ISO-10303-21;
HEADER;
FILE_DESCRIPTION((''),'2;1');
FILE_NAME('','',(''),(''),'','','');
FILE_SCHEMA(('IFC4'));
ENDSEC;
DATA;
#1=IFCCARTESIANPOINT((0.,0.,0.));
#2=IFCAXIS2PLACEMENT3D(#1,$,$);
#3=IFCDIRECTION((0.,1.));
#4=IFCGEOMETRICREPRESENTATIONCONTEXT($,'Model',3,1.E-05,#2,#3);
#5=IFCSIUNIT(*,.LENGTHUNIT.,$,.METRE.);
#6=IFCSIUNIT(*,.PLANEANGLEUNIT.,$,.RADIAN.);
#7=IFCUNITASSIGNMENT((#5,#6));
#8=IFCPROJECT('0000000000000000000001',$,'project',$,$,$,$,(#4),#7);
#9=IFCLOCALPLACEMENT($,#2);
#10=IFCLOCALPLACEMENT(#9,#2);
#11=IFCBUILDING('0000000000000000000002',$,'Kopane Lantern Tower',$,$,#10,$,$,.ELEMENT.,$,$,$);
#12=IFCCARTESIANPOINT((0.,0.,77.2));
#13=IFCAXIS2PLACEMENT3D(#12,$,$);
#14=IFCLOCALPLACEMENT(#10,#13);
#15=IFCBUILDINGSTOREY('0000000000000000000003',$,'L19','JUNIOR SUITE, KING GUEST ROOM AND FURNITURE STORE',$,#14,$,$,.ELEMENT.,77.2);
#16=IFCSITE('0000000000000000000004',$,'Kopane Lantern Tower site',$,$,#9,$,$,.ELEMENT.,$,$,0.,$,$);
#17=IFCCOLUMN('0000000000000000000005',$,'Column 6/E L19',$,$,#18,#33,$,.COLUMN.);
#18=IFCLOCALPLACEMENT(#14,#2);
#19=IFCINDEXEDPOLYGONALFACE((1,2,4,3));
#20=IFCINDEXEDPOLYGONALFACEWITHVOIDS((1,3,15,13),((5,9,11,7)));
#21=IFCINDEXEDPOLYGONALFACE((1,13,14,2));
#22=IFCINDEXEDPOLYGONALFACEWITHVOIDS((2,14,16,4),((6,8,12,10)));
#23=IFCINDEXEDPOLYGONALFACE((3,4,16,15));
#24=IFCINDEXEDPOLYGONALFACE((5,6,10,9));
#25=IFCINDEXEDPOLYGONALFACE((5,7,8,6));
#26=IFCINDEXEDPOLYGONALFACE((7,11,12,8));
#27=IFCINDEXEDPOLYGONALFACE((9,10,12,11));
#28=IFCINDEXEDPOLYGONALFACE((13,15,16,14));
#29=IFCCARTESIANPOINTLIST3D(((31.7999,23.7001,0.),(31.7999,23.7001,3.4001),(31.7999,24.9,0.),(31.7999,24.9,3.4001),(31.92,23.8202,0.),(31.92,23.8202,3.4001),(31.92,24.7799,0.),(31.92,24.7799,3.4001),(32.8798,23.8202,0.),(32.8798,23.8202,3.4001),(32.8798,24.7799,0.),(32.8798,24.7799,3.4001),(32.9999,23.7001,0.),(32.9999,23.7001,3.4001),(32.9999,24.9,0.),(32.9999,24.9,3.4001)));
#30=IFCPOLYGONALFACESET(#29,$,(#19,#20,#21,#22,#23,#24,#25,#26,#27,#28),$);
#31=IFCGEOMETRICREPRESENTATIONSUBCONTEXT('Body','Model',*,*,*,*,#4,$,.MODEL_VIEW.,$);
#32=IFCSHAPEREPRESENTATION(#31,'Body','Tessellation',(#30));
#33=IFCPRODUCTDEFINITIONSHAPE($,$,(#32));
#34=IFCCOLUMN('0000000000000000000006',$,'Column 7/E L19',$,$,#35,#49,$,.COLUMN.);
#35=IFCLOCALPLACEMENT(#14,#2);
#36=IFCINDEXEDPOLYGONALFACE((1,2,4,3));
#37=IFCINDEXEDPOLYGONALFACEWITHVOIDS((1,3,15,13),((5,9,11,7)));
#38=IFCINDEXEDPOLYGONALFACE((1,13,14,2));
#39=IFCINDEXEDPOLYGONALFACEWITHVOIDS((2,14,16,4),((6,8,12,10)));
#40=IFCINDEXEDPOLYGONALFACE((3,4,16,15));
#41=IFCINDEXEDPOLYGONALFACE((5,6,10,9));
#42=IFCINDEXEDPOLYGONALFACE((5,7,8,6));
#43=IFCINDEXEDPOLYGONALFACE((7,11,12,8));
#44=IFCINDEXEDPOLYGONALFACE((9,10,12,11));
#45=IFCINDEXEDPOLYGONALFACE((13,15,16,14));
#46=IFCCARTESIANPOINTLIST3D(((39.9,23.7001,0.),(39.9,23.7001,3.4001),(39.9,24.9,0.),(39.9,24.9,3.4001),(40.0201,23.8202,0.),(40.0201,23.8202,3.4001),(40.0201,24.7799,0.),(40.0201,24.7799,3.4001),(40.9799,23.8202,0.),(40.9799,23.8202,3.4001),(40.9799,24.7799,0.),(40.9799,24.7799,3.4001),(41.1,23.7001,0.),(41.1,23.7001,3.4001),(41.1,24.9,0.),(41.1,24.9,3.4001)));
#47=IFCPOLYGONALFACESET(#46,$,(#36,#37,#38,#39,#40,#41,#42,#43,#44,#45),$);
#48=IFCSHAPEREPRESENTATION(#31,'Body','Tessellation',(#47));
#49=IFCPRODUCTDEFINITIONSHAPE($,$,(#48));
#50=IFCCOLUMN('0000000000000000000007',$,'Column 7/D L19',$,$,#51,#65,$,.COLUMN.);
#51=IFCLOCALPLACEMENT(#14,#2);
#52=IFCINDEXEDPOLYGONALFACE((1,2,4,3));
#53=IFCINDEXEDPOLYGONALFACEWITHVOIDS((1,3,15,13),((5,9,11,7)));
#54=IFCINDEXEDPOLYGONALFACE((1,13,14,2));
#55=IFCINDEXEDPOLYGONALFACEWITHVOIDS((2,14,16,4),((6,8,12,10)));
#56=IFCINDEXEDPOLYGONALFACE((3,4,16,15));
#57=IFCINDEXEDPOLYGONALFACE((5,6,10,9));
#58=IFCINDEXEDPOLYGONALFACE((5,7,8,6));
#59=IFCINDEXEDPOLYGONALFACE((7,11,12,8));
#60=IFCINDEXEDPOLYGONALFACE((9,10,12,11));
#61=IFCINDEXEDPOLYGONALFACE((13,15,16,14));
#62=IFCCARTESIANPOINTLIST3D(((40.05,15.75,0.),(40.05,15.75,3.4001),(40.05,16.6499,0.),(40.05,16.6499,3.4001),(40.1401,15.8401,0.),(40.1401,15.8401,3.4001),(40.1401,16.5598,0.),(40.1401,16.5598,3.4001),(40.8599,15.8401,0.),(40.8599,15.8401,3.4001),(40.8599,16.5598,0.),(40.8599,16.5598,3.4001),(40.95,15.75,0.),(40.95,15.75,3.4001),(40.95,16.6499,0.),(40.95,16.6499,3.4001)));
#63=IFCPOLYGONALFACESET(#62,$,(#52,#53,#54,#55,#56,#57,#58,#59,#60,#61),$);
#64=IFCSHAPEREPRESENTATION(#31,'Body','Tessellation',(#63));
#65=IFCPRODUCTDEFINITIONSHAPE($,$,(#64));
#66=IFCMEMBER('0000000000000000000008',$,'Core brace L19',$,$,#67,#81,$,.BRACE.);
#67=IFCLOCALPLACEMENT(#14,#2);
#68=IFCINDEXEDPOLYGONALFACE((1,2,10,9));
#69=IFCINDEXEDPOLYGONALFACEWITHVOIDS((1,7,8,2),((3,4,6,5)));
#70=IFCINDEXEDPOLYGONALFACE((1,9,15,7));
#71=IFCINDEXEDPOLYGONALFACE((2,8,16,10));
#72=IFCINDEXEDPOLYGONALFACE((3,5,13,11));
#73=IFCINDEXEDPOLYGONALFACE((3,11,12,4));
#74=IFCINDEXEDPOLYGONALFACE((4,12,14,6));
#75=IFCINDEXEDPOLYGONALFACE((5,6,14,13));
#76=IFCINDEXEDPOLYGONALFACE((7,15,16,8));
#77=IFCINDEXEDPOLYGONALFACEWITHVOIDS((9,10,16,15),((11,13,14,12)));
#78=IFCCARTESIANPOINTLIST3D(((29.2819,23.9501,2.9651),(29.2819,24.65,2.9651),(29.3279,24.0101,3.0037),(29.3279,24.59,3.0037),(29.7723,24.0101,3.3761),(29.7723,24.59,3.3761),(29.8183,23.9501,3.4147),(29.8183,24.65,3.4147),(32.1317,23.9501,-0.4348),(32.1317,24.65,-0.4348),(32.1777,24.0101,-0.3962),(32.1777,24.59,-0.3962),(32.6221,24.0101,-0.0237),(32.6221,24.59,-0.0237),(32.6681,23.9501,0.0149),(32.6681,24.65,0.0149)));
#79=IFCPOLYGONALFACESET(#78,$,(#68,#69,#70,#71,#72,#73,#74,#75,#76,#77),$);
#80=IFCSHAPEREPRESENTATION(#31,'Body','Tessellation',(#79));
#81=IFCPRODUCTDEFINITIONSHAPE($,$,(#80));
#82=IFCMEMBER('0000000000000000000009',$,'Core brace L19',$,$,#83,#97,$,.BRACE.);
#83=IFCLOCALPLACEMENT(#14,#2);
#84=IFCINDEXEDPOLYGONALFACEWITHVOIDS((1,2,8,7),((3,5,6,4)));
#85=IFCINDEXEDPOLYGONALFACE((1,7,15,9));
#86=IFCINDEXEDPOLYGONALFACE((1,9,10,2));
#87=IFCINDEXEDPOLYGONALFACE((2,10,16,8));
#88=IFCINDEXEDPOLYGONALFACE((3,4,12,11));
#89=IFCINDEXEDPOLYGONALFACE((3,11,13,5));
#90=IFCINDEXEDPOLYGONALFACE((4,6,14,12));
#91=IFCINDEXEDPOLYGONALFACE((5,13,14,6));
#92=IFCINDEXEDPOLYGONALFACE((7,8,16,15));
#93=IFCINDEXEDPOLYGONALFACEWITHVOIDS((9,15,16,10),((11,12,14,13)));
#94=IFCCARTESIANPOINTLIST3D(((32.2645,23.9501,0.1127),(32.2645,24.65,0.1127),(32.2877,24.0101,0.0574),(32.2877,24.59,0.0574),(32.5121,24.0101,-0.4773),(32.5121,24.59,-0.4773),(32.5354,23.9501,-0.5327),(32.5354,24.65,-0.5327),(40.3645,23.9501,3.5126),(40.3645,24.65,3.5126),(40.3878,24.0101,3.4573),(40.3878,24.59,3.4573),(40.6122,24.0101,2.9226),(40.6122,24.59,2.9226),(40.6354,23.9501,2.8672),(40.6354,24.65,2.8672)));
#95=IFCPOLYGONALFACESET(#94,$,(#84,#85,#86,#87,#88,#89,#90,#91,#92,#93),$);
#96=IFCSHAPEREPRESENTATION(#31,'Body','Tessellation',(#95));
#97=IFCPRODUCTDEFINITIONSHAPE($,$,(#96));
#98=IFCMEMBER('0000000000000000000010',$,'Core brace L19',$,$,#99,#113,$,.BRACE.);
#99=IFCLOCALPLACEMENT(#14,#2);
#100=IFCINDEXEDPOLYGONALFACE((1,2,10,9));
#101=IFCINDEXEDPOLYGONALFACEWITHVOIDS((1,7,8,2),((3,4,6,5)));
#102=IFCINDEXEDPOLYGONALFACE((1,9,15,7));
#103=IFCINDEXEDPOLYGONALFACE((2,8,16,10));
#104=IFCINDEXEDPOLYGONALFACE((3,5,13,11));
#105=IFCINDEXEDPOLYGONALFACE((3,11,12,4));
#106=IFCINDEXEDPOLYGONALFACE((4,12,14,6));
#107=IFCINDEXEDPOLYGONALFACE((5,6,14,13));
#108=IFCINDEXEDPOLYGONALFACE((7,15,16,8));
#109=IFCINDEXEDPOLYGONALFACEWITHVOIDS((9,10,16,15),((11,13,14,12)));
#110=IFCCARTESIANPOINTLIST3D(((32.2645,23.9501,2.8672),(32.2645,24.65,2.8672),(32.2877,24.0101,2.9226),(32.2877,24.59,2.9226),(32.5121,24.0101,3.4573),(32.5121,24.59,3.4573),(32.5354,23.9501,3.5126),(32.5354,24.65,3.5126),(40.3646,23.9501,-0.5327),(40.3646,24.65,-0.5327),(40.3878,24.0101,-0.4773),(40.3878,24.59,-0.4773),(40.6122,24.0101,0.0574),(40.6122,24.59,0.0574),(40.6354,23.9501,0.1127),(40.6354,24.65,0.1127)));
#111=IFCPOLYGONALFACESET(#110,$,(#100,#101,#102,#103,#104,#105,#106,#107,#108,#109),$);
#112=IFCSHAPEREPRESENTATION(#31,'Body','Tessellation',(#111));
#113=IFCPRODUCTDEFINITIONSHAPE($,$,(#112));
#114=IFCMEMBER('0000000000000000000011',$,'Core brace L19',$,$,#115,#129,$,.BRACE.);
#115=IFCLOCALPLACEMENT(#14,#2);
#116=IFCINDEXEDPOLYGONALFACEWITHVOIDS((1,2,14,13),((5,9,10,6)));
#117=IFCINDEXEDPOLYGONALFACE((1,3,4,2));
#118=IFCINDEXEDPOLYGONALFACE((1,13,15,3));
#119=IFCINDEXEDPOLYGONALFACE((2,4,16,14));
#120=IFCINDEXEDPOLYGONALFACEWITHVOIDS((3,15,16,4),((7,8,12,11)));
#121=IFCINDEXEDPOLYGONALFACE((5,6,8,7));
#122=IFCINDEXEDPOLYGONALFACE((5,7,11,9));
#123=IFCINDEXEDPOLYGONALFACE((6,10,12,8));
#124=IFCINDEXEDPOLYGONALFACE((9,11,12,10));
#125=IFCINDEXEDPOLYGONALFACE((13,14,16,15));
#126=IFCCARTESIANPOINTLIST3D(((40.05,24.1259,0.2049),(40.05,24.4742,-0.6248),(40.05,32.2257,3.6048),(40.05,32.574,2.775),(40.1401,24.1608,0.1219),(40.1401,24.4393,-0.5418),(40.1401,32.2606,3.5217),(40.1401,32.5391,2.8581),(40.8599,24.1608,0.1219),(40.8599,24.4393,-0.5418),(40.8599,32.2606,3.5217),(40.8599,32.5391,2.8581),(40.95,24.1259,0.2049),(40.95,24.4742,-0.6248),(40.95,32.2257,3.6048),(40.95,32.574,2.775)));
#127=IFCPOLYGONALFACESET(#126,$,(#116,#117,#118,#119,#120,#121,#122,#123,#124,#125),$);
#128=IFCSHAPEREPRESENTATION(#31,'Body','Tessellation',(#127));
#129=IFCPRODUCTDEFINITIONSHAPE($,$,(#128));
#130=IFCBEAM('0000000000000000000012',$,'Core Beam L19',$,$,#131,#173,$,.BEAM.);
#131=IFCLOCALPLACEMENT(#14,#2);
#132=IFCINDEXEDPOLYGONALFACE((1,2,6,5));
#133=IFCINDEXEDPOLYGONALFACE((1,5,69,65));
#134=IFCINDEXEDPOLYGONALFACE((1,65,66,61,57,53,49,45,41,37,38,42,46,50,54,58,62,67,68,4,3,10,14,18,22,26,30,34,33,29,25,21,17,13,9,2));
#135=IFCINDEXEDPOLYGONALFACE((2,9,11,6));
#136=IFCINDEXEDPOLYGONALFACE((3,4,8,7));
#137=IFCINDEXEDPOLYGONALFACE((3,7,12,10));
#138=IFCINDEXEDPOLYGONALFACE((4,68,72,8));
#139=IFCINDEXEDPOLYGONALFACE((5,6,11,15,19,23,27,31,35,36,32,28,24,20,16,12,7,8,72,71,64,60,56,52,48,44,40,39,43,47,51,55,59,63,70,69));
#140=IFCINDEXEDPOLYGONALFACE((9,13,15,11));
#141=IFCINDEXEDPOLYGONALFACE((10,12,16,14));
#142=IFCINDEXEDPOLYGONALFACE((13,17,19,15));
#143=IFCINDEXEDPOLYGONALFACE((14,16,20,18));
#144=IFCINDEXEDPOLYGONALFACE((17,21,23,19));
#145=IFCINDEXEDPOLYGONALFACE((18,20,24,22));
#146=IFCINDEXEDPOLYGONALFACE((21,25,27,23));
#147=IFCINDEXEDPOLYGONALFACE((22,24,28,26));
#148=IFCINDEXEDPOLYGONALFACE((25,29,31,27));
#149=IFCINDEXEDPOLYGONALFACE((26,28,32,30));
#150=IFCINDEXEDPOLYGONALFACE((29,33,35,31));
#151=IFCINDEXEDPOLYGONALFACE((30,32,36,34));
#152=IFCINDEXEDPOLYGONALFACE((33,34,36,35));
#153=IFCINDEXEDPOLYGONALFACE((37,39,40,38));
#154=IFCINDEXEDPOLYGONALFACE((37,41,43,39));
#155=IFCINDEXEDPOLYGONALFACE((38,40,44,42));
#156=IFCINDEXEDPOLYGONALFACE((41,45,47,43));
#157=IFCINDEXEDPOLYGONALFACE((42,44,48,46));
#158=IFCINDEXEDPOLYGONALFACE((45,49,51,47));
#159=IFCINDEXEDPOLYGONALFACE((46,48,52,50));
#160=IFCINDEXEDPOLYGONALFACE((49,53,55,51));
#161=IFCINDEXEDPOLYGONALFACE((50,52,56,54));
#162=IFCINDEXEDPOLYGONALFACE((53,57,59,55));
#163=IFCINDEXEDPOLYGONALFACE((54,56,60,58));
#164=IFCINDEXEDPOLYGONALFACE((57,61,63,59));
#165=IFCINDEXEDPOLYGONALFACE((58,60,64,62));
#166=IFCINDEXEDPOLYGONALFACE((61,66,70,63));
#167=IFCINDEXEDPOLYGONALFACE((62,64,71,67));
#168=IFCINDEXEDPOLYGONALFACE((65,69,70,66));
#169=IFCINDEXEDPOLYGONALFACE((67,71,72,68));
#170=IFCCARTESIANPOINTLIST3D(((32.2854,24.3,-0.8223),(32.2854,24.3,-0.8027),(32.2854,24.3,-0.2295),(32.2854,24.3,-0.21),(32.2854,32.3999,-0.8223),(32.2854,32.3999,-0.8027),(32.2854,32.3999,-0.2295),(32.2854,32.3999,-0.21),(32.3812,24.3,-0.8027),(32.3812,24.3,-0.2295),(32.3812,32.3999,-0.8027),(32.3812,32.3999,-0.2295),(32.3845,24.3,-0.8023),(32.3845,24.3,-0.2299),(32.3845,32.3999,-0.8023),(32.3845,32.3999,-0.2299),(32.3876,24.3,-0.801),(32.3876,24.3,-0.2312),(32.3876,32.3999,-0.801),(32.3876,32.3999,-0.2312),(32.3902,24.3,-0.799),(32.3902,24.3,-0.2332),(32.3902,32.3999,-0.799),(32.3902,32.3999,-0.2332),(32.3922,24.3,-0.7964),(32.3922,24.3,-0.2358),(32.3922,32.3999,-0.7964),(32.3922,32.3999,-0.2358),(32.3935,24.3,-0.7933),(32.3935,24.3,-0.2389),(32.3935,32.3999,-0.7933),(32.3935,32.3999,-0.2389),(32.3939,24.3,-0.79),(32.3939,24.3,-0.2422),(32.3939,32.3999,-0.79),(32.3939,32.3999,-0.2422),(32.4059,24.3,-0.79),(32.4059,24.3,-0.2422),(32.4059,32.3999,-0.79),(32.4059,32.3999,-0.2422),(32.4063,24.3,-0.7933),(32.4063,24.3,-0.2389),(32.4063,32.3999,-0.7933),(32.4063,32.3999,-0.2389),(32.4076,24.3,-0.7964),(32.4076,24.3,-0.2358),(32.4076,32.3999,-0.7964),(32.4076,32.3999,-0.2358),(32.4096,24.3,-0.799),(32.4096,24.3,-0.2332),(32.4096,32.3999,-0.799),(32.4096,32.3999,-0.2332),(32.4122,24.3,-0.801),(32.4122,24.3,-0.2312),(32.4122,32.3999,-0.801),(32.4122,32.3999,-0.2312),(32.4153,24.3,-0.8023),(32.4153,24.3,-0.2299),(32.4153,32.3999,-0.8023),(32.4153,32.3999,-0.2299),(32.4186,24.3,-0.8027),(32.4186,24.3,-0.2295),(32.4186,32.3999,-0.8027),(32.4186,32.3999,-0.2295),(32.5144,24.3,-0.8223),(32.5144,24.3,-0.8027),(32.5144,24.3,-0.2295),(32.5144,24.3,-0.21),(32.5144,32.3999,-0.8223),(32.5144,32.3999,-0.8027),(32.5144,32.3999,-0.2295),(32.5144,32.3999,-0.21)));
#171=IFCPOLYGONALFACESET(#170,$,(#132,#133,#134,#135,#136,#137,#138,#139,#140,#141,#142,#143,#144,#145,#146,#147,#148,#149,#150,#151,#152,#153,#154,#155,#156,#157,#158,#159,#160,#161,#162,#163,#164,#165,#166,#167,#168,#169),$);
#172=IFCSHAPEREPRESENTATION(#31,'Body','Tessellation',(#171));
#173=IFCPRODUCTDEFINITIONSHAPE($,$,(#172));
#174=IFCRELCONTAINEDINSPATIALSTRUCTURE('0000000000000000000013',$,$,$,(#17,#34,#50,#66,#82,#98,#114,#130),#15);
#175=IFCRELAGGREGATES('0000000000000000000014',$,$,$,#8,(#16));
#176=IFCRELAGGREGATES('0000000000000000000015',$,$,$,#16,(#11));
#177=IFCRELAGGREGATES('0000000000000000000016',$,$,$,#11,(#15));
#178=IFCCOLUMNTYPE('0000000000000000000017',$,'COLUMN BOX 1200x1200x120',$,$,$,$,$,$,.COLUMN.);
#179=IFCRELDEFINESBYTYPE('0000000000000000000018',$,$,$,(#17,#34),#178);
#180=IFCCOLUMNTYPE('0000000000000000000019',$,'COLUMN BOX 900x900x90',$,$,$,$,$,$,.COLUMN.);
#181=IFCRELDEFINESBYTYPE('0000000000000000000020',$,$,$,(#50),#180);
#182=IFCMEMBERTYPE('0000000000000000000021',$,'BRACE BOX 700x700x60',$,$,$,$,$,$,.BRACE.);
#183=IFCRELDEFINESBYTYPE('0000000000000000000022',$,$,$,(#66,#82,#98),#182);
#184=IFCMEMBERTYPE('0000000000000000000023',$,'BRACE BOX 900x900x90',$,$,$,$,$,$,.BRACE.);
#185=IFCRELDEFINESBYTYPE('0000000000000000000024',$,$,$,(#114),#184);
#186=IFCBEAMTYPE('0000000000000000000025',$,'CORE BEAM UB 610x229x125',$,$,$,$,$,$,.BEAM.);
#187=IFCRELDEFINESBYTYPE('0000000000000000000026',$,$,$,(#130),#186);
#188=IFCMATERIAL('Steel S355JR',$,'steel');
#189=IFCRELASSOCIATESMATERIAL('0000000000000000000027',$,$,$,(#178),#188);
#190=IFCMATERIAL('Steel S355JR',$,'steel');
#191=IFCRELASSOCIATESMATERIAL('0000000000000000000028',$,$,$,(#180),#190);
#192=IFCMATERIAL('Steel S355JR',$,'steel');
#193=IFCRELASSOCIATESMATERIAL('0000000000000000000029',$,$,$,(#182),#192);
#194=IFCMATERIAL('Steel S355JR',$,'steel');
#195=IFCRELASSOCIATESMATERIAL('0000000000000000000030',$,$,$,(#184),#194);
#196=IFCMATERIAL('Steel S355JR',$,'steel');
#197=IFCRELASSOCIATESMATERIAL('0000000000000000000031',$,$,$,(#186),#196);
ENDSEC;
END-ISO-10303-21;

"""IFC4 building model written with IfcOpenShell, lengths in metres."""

from ifc_helpers import new_model, si_unit, direction, frame, origin, origin_2d, place, context, subcontext, project, spatial, hollow_rectangle, i_section, extrude, material, material_profile, profile_set, type_object, element, save


model = new_model("IFC4")

# Units and contexts
model_context = context("Model", 3, precision=1e-05, world=origin(), true_north=direction((0.0, 1.0)))
body_context = subcontext(model_context, "Body", "Model", "MODEL_VIEW")
ifc_project = project(units=[si_unit("LENGTHUNIT", "METRE"), si_unit("PLANEANGLEUNIT", "RADIAN")], contexts=[model_context])

# Site, building, storey
site_placement = place(None, origin())
site = spatial("IfcSite", under=ifc_project, at=site_placement, Name="Kopane Lantern Tower site", CompositionType="ELEMENT", RefElevation=0.0)
building_placement = place(site_placement, origin())
building = spatial("IfcBuilding", under=site, at=building_placement, Name="Kopane Lantern Tower", CompositionType="ELEMENT")
storey_placement = place(building_placement, frame((0.0, 0.0, 77.2)))
storey = spatial("IfcBuildingStorey", under=building, at=storey_placement, Name="L19", Description="JUNIOR SUITE, KING GUEST ROOM AND FURNITURE STORE", CompositionType="ELEMENT", Elevation=77.2)

# Columns
ifc_material_1 = material(Name="Steel S355JR", Category="steel")
ifc_material_profile_1 = material_profile(ifc_material_1, hollow_rectangle(XDim=1.2, YDim=1.2, WallThickness=0.1201, at=origin_2d()), Name="BOX 1200x1200x120")
ifc_profile_set_1 = profile_set([ifc_material_profile_1], Name="Steel S355JR")
column_type_1 = type_object("IfcColumnType", Name="COLUMN BOX 1200x1200x120", PredefinedType="COLUMN", material=ifc_profile_set_1)
for number, where, z_axis, x_axis, name in (
    (1, (32.3999, 24.3, 0.0), (0.0, 0.0, 1.0), (1.0, 0.0, 0.0), "Column 6/E L19"),
    (2, (40.5, 24.3, 0.0), (0.0, 0.0, 1.0), (1.0, 0.0, 0.0), "Column 7/E L19"),
):
    element("IfcColumn", number, at=place(storey_placement, frame(where, z_axis=z_axis, x_axis=x_axis)), inside=storey, type_object=column_type_1, Name=name, PredefinedType="COLUMN", context=body_context, shape_type="SweptSolid", body=[
        extrude(hollow_rectangle(XDim=1.2, YDim=1.2, WallThickness=0.1201, at=origin_2d()), origin(), (0.0, 0.0, 1.0), 3.4001),
    ])
ifc_material_2 = material(Name="Steel S355JR", Category="steel")
ifc_material_profile_2 = material_profile(ifc_material_2, hollow_rectangle(XDim=0.8999, YDim=0.8999, WallThickness=0.0901, at=origin_2d()), Name="BOX 900x900x90")
ifc_profile_set_2 = profile_set([ifc_material_profile_2], Name="Steel S355JR")
column_type_2 = type_object("IfcColumnType", Name="COLUMN BOX 900x900x90", PredefinedType="COLUMN", material=ifc_profile_set_2)
column_placement = place(storey_placement, frame((40.5, 16.2, 0.0), z_axis=(0.0, 0.0, 1.0), x_axis=(1.0, 0.0, 0.0)))
element("IfcColumn", 3, at=column_placement, inside=storey, type_object=column_type_2, Name="Column 7/D L19", PredefinedType="COLUMN", context=body_context, shape_type="SweptSolid", body=[
    extrude(hollow_rectangle(XDim=0.8999, YDim=0.8999, WallThickness=0.0901, at=origin_2d()), origin(), (0.0, 0.0, 1.0), 3.4001),
])

# Members
ifc_material_3 = material(Name="Steel S355JR", Category="steel")
ifc_material_profile_3 = material_profile(ifc_material_3, hollow_rectangle(XDim=0.7, YDim=0.7, WallThickness=0.0601, at=origin_2d()), Name="BOX 700x700x60")
ifc_profile_set_3 = profile_set([ifc_material_profile_3], Name="Steel S355JR")
member_type_1 = type_object("IfcMemberType", Name="BRACE BOX 700x700x60", PredefinedType="BRACE", material=ifc_profile_set_3)
member_1_placement = place(storey_placement, frame((32.3999, 24.3, -0.21), z_axis=(-0.64239, 0.0, 0.766378), x_axis=(0.0, -1.0, 0.0)))
element("IfcMember", 4, at=member_1_placement, inside=storey, type_object=member_type_1, Name="Core brace L19", PredefinedType="BRACE", context=body_context, shape_type="SweptSolid", body=[
    extrude(hollow_rectangle(XDim=0.7, YDim=0.7, WallThickness=0.0601, at=origin_2d()), origin(), (0.0, 0.0, 1.0), 4.4363),
])
for number, where, z_axis, x_axis, name in (
    (5, (32.3999, 24.3, -0.21), (0.922069, 0.0, 0.387026), (0.0, 1.0, 0.0), "Core brace L19"),
    (6, (40.5, 24.3, -0.21), (-0.922069, 0.0, 0.387026), (0.0, -1.0, 0.0), "Core brace L19"),
):
    element("IfcMember", number, at=place(storey_placement, frame(where, z_axis=z_axis, x_axis=x_axis)), inside=storey, type_object=member_type_1, Name=name, PredefinedType="BRACE", context=body_context, shape_type="SweptSolid", body=[
        extrude(hollow_rectangle(XDim=0.7, YDim=0.7, WallThickness=0.0601, at=origin_2d()), origin(), (0.0, 0.0, 1.0), 8.7847),
    ])
ifc_material_4 = material(Name="Steel S355JR", Category="steel")
ifc_material_profile_4 = material_profile(ifc_material_4, hollow_rectangle(XDim=0.8999, YDim=0.8999, WallThickness=0.0901, at=origin_2d()), Name="BOX 900x900x90")
ifc_profile_set_4 = profile_set([ifc_material_profile_4], Name="Steel S355JR")
member_type_2 = type_object("IfcMemberType", Name="BRACE BOX 900x900x90", PredefinedType="BRACE", material=ifc_profile_set_4)
member_2_placement = place(storey_placement, frame((40.5, 24.3, -0.21), z_axis=(0.0, 0.922065, 0.387035), x_axis=(-1.0, 0.0, 0.0)))
element("IfcMember", 7, at=member_2_placement, inside=storey, type_object=member_type_2, Name="Core brace L19", PredefinedType="BRACE", context=body_context, shape_type="SweptSolid", body=[
    extrude(hollow_rectangle(XDim=0.8999, YDim=0.8999, WallThickness=0.0901, at=origin_2d()), origin(), (0.0, 0.0, 1.0), 8.7844),
])

# Beam
ifc_material_5 = material(Name="Steel S355JR", Category="steel")
ifc_material_profile_5 = material_profile(ifc_material_5, i_section(OverallWidth=0.229, OverallDepth=0.6123, WebThickness=0.012, FlangeThickness=0.0195, FilletRadius=0.0127, at=origin_2d()), Name="UB 610x229x125")
ifc_profile_set_5 = profile_set([ifc_material_profile_5], Name="Steel S355JR")
beam_type_1 = type_object("IfcBeamType", Name="CORE BEAM UB 610x229x125", PredefinedType="BEAM", material=ifc_profile_set_5)
beam_1_placement = place(storey_placement, frame((32.3999, 24.3, -0.5161), z_axis=(0.0, 1.0, 0.0), x_axis=(-1.0, 0.0, 0.0)))
element("IfcBeam", 8, at=beam_1_placement, inside=storey, type_object=beam_type_1, Name="Core Beam L19", PredefinedType="BEAM", context=body_context, shape_type="SweptSolid", body=[
    extrude(i_section(OverallWidth=0.229, OverallDepth=0.6123, WebThickness=0.012, FlangeThickness=0.0195, FilletRadius=0.0127, at=origin_2d()), origin(), (0.0, 0.0, 1.0), 8.0999),
])

save(model, "model.ifc")
